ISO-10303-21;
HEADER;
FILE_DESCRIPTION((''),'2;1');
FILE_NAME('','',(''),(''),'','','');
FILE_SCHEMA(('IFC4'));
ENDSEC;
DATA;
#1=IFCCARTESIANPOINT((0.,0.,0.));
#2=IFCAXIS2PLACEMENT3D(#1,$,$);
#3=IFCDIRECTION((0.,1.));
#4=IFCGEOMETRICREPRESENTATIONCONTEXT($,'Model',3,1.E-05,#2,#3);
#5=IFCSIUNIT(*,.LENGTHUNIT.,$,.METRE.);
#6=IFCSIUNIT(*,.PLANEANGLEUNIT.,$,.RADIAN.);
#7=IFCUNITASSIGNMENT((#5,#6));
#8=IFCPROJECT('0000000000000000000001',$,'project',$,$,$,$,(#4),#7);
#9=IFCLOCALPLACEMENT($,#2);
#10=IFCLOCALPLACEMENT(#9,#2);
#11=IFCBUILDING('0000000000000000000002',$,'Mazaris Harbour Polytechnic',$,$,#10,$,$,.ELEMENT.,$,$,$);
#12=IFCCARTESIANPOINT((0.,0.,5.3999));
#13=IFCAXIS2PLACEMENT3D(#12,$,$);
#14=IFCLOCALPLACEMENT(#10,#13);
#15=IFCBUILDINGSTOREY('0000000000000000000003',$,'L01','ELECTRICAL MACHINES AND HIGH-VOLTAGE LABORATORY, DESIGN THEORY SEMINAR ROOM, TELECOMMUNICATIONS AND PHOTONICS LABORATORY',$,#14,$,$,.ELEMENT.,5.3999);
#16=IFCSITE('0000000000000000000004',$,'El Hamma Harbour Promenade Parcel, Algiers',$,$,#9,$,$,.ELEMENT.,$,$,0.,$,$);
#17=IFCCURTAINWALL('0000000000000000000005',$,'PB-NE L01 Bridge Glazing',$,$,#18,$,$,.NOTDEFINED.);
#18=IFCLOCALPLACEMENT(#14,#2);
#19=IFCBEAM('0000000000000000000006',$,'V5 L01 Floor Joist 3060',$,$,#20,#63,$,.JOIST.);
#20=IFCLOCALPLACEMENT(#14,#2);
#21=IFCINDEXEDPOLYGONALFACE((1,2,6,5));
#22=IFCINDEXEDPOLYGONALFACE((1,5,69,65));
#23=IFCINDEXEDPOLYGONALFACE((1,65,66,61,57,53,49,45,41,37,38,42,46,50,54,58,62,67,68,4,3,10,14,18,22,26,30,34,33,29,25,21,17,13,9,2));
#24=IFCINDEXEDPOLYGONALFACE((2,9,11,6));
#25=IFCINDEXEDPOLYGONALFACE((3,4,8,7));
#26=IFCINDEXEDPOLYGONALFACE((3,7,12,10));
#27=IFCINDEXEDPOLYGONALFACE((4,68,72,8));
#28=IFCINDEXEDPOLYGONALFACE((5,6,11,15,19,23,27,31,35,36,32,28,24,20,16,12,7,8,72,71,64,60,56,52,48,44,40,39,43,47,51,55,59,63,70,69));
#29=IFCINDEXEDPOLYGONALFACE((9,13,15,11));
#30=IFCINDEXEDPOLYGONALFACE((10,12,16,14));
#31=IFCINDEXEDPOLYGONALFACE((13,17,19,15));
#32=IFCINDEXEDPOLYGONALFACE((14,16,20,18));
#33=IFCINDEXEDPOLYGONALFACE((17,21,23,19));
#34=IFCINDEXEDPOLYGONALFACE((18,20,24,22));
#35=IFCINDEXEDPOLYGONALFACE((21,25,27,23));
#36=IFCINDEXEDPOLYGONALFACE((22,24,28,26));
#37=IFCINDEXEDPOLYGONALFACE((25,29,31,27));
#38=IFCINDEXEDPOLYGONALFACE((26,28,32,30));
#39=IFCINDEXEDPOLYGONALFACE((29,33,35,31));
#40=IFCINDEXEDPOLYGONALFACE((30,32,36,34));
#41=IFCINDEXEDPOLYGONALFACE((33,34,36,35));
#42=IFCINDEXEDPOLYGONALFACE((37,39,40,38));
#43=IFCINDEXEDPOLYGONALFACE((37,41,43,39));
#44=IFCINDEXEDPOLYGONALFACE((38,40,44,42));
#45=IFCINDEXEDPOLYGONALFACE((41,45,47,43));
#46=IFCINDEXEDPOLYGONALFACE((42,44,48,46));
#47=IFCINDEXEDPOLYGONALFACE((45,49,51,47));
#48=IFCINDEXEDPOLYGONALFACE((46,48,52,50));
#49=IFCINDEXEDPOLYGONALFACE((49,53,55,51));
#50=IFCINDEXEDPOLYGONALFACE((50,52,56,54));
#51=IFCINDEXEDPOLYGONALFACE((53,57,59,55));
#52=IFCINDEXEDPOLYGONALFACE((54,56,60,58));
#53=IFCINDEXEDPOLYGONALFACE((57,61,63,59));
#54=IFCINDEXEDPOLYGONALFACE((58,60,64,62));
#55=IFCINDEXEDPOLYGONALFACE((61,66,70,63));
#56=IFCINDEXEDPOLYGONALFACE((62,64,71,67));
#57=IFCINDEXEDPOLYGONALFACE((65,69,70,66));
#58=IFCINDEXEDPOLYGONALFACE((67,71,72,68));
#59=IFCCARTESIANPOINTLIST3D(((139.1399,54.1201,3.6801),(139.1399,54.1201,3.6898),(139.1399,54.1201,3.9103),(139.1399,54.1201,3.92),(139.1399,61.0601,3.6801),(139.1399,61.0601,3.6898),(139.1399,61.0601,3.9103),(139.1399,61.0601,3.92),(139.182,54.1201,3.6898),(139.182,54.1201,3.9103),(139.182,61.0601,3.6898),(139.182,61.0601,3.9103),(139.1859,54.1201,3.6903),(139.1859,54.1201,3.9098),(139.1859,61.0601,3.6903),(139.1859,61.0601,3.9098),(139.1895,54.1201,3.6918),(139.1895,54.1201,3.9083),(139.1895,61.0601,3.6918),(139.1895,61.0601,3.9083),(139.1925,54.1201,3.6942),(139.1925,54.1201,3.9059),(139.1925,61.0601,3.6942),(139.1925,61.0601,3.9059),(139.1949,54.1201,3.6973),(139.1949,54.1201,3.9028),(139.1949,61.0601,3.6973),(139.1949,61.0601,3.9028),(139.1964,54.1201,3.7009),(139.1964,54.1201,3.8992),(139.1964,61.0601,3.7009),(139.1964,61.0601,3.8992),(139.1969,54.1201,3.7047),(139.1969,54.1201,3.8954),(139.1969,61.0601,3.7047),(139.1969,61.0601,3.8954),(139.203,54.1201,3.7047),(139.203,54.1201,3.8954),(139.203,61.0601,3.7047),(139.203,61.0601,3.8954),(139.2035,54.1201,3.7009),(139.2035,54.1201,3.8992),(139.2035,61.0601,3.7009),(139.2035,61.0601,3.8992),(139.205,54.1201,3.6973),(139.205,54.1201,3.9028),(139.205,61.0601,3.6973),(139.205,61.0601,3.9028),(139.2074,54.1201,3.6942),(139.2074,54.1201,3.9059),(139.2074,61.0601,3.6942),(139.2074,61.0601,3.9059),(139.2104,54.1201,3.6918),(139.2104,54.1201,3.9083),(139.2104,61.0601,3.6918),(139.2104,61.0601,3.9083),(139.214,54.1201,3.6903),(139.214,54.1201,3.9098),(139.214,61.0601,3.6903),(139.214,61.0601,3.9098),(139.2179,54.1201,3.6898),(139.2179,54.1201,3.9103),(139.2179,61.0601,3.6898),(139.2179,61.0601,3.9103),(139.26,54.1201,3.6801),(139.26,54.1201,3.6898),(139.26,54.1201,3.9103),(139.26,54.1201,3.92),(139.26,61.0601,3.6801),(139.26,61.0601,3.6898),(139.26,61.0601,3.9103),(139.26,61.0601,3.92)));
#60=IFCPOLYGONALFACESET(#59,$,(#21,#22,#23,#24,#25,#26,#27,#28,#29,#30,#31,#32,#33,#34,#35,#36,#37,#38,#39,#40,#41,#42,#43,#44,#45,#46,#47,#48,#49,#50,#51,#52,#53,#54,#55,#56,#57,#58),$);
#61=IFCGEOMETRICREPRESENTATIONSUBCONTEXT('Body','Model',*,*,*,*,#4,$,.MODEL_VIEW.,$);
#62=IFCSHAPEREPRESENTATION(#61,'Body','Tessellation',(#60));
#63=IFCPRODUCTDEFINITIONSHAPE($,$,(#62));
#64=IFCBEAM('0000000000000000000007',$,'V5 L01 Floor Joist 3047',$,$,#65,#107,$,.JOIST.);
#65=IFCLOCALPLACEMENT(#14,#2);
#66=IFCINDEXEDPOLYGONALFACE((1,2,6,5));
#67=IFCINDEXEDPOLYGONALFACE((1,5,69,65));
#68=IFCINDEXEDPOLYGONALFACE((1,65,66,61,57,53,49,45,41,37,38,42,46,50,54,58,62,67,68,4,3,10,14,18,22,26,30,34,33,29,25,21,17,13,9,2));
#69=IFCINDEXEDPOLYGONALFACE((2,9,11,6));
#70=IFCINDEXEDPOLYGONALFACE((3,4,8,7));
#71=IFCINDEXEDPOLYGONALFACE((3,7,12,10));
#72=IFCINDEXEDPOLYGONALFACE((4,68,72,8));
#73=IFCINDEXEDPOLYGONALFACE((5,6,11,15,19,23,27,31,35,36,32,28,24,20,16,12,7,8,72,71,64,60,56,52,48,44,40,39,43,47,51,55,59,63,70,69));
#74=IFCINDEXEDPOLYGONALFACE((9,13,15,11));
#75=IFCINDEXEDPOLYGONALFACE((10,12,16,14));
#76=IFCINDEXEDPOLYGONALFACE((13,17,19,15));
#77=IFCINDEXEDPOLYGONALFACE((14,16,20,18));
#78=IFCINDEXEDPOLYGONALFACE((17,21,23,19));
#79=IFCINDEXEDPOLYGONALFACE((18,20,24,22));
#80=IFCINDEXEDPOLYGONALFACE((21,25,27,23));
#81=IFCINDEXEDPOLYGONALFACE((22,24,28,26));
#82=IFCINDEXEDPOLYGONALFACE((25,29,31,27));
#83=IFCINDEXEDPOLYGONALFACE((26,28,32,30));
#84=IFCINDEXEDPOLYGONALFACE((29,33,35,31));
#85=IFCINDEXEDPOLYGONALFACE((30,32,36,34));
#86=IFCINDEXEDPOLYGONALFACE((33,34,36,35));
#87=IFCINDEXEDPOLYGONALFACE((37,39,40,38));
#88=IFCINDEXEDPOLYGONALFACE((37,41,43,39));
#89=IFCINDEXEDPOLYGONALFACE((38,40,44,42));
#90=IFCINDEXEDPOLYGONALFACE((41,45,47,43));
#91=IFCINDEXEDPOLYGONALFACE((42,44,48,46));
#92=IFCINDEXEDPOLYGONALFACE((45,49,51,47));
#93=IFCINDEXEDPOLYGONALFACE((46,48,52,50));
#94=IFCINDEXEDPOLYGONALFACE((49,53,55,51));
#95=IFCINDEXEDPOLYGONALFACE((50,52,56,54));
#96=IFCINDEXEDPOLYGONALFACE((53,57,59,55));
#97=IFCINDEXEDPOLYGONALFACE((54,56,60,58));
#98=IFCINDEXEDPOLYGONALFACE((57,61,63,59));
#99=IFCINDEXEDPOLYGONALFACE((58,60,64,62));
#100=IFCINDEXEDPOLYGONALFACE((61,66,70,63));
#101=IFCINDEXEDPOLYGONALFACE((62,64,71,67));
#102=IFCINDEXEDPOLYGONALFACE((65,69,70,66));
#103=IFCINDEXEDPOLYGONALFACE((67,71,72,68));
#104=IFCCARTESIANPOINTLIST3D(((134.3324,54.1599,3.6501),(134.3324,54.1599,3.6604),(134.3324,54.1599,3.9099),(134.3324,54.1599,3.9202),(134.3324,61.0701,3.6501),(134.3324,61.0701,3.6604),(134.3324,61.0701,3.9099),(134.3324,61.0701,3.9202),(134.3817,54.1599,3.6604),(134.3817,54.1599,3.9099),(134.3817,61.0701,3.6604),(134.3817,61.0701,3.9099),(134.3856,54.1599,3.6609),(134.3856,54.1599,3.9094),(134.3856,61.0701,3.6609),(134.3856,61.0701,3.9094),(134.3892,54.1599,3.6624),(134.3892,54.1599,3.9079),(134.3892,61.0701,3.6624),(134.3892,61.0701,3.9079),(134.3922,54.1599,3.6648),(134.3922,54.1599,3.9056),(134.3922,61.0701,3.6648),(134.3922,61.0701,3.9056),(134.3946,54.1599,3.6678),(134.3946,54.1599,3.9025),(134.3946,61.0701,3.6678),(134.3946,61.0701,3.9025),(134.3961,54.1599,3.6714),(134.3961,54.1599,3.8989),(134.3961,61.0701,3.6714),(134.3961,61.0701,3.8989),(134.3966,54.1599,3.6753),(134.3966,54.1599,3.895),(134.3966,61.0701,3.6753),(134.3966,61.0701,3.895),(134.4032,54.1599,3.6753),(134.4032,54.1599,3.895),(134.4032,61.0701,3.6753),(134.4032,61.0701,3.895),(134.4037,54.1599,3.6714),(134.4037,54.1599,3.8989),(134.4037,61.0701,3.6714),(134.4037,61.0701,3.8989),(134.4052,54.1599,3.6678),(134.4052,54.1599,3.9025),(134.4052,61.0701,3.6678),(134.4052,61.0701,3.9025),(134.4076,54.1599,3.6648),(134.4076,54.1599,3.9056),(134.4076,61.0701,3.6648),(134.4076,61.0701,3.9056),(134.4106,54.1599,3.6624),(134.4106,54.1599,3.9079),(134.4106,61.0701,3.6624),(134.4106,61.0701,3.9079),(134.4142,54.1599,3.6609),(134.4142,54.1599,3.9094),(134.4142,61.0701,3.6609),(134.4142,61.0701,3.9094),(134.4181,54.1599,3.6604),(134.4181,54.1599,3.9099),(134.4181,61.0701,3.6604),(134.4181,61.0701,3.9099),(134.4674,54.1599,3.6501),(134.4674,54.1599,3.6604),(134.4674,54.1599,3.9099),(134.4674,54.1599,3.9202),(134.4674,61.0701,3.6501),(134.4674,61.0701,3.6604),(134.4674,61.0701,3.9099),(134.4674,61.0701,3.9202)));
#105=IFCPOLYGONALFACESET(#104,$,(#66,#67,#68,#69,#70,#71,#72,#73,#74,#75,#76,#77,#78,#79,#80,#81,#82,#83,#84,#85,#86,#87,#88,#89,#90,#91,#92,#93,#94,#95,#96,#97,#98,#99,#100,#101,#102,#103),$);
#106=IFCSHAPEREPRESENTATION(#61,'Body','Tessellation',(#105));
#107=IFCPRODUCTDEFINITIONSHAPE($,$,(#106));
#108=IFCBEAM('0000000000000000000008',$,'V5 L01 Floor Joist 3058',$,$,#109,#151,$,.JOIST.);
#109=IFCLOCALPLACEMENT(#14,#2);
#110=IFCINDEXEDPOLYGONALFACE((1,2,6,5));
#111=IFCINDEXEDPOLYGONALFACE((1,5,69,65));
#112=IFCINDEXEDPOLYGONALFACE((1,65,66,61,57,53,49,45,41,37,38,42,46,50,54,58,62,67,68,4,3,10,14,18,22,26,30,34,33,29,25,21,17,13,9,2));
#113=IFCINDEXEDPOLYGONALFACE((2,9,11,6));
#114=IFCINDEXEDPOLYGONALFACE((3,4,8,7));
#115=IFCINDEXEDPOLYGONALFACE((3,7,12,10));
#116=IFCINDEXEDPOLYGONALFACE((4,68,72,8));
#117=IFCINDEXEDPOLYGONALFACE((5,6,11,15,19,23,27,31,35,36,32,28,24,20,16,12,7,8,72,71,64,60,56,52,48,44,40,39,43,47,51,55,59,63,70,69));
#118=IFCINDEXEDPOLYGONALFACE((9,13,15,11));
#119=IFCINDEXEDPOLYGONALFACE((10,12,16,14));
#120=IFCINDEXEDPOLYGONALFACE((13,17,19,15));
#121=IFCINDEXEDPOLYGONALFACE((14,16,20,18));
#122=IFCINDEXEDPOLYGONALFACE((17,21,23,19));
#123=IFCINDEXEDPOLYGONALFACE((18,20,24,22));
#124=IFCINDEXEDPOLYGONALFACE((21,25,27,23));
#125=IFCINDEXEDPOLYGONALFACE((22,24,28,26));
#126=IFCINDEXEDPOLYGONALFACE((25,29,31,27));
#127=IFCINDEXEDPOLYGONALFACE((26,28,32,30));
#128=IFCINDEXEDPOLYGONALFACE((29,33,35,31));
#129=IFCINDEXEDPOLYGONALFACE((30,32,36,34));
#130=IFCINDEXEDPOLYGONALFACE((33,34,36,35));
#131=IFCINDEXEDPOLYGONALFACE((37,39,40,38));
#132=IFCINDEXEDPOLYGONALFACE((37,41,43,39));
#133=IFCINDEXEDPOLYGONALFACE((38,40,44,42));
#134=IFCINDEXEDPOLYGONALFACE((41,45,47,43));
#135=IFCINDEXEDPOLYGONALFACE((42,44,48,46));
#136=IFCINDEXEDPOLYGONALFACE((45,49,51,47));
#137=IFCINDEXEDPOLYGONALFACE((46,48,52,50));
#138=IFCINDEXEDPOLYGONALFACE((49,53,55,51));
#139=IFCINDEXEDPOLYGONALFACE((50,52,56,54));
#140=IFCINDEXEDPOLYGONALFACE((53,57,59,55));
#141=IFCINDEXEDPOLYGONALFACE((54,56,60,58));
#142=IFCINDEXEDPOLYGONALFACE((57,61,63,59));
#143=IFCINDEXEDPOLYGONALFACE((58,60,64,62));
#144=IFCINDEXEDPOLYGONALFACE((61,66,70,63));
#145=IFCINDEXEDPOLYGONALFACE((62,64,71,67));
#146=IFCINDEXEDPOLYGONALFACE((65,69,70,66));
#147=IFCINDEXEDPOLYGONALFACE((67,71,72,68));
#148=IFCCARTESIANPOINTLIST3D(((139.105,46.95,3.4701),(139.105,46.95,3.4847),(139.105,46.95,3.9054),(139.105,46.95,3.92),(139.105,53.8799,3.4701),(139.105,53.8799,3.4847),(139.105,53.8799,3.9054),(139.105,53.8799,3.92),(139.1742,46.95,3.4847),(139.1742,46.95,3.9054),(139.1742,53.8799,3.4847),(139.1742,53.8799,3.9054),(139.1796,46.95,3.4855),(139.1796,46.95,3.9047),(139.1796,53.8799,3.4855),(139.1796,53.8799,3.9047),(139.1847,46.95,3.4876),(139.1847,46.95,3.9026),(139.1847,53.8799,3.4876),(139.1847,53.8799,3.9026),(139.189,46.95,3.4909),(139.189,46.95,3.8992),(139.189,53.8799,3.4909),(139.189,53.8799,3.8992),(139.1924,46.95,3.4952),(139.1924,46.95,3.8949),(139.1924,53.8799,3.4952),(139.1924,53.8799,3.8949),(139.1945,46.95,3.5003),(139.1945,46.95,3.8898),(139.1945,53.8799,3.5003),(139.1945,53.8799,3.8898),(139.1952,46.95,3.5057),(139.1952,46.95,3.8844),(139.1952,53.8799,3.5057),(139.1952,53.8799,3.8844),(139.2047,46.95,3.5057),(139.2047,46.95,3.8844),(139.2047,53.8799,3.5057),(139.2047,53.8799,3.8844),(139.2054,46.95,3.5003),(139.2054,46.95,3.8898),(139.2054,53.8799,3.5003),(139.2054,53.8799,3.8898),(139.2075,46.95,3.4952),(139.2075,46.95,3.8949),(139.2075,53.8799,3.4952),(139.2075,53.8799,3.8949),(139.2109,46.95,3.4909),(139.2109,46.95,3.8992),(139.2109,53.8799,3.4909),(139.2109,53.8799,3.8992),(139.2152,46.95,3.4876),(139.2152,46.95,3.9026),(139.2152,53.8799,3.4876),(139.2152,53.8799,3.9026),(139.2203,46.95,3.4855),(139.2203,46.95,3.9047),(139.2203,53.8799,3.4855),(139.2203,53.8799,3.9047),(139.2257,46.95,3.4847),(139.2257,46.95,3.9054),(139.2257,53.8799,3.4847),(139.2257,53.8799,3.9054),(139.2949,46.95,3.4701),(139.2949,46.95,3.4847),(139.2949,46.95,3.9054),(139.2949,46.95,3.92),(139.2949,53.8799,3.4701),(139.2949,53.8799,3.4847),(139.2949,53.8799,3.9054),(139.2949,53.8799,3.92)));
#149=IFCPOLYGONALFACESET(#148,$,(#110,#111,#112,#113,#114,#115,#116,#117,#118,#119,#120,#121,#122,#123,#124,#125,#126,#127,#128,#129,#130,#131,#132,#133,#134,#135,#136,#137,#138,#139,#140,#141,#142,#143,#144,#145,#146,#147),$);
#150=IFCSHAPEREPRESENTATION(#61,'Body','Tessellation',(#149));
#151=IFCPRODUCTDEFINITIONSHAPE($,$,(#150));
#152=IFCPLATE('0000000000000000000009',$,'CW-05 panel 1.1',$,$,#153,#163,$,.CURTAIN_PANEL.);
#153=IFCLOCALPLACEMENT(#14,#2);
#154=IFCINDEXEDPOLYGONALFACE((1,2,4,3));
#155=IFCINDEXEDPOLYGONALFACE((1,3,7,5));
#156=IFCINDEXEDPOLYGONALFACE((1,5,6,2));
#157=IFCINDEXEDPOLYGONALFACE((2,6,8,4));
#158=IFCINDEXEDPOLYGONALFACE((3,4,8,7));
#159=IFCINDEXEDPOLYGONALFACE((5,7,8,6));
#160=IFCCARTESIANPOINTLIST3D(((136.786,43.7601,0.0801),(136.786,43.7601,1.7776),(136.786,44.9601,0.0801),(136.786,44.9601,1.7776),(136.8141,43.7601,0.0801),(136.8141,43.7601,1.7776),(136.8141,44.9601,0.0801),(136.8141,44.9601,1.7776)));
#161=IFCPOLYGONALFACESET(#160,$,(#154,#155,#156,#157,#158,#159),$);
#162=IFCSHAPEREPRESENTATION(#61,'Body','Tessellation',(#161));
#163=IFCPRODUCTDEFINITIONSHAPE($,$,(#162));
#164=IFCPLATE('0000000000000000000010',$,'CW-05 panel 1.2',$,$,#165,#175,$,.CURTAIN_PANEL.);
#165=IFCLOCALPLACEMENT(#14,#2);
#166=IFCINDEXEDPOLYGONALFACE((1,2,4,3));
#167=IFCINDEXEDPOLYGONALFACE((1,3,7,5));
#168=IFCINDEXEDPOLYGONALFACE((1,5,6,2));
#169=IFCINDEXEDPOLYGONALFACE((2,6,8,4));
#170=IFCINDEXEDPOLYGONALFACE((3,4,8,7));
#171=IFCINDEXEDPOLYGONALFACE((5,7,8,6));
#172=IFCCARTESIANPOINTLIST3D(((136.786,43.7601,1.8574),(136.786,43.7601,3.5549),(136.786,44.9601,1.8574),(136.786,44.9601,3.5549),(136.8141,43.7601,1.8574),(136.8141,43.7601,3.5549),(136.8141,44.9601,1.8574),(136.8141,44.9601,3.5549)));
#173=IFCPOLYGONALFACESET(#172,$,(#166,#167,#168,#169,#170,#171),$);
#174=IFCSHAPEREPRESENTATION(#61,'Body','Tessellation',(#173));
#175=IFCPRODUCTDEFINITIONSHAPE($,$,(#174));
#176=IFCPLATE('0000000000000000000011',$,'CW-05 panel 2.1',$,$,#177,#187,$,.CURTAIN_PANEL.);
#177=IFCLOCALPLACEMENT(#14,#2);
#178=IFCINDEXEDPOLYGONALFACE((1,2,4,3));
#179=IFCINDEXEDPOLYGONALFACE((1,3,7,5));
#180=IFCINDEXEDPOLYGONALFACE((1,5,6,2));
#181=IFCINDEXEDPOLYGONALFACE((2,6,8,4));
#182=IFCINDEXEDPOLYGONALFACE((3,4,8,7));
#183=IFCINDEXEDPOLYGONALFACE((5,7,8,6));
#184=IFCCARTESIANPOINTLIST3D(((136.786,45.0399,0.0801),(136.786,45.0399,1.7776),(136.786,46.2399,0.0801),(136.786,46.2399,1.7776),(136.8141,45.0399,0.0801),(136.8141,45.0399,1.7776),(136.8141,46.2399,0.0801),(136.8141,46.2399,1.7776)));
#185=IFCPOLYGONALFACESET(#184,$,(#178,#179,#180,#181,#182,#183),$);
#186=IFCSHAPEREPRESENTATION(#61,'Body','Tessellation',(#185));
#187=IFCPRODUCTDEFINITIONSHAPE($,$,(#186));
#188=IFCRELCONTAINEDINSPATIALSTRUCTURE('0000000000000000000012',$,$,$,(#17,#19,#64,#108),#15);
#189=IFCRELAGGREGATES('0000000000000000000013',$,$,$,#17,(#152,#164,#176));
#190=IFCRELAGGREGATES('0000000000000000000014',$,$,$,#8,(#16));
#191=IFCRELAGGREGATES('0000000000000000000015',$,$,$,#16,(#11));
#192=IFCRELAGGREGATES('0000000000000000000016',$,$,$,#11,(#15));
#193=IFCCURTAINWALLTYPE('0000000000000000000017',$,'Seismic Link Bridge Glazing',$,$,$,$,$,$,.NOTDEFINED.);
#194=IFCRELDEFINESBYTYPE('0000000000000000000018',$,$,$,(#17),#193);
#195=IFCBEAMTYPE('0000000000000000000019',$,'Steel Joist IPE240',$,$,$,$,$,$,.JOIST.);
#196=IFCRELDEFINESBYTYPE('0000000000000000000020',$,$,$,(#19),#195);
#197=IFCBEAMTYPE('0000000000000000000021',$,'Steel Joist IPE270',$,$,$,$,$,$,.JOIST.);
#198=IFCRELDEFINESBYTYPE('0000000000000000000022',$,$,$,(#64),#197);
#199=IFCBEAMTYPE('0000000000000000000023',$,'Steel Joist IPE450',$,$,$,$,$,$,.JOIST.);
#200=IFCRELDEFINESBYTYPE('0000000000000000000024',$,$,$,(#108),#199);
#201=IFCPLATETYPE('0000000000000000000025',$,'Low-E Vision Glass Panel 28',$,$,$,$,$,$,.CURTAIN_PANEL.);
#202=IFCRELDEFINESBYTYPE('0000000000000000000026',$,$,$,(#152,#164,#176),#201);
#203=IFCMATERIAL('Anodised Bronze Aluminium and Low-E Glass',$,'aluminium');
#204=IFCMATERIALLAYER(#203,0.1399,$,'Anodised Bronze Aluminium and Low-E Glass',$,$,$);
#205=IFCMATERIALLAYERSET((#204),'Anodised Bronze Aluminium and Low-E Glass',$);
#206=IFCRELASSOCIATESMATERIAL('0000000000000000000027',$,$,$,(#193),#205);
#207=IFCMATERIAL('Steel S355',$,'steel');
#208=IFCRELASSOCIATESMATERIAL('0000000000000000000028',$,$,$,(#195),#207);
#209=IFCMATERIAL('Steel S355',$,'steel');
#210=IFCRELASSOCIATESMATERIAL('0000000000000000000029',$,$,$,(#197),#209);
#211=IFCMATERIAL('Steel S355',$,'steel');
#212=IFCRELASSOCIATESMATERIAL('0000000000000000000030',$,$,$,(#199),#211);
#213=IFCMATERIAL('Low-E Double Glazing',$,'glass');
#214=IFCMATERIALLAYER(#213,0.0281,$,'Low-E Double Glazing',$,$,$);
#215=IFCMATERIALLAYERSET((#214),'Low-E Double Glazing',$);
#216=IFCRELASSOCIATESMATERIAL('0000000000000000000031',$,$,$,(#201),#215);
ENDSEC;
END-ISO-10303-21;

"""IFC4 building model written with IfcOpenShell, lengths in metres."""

from ifc_helpers import new_model, si_unit, direction, frame, origin, origin_2d, place, context, subcontext, project, spatial, rectangle, i_section, extrude, material, layer, layer_set, material_profile, profile_set, type_object, element, aggregate, save


model = new_model("IFC4")

# Units and contexts
model_context = context("Model", 3, precision=1e-05, world=origin(), true_north=direction((0.0, 1.0)))
body_context = subcontext(model_context, "Body", "Model", "MODEL_VIEW")
ifc_project = project(units=[si_unit("LENGTHUNIT", "METRE"), si_unit("PLANEANGLEUNIT", "RADIAN")], contexts=[model_context])

# Site, building, storey
site_placement = place(None, origin())
site = spatial("IfcSite", under=ifc_project, at=site_placement, Name="El Hamma Harbour Promenade Parcel, Algiers", CompositionType="ELEMENT", RefElevation=0.0)
building_placement = place(site_placement, origin())
building = spatial("IfcBuilding", under=site, at=building_placement, Name="Mazaris Harbour Polytechnic", CompositionType="ELEMENT")
storey_placement = place(building_placement, frame((0.0, 0.0, 5.3999)))
storey = spatial("IfcBuildingStorey", under=building, at=storey_placement, Name="L01", Description="ELECTRICAL MACHINES AND HIGH-VOLTAGE LABORATORY, DESIGN THEORY SEMINAR ROOM, TELECOMMUNICATIONS AND PHOTONICS LABORATORY", CompositionType="ELEMENT", Elevation=5.3999)

# Curtain wall
ifc_material_1 = material(Name="Anodised Bronze Aluminium and Low-E Glass", Category="aluminium")
ifc_layer_1 = layer(ifc_material_1, 0.1399, Name="Anodised Bronze Aluminium and Low-E Glass")
ifc_layer_set_1 = layer_set([ifc_layer_1], Name="Anodised Bronze Aluminium and Low-E Glass")
curtain_wall_type_1 = type_object("IfcCurtainWallType", Name="Seismic Link Bridge Glazing", PredefinedType="NOTDEFINED", material=ifc_layer_set_1)
curtain_wall_1_placement = place(storey_placement, origin())
curtain_wall_1 = element("IfcCurtainWall", 1, at=curtain_wall_1_placement, inside=storey, type_object=curtain_wall_type_1, Name="PB-NE L01 Bridge Glazing", PredefinedType="NOTDEFINED")

# Beams
ifc_material_2 = material(Name="Steel S355", Category="steel")
ifc_material_profile_1 = material_profile(ifc_material_2, i_section(OverallWidth=0.1201, OverallDepth=0.24, WebThickness=0.0061, FlangeThickness=0.0098, FilletRadius=0.0149, at=origin_2d()), Name="IPE 240")
ifc_profile_set_1 = profile_set([ifc_material_profile_1], Name="Steel S355")
beam_type_1 = type_object("IfcBeamType", Name="Steel Joist IPE240", PredefinedType="JOIST", material=ifc_profile_set_1)
beam_1_placement = place(storey_placement, frame((139.2, 54.1201, 3.8), z_axis=(0.0, 1.0, 0.0), x_axis=(-1.0, 0.0, 0.0)))
element("IfcBeam", 2, at=beam_1_placement, inside=storey, type_object=beam_type_1, Name="V5 L01 Floor Joist 3060", PredefinedType="JOIST", context=body_context, shape_type="SweptSolid", body=[
    extrude(i_section(OverallWidth=0.1201, OverallDepth=0.24, WebThickness=0.0061, FlangeThickness=0.0098, FilletRadius=0.0149, at=origin_2d()), origin(), (0.0, 0.0, 1.0), 6.9399),
])
ifc_material_3 = material(Name="Steel S355", Category="steel")
ifc_material_profile_2 = material_profile(ifc_material_3, i_section(OverallWidth=0.135, OverallDepth=0.27, WebThickness=0.0066, FlangeThickness=0.0103, FilletRadius=0.0149, at=origin_2d()), Name="IPE 270")
ifc_profile_set_2 = profile_set([ifc_material_profile_2], Name="Steel S355")
beam_type_2 = type_object("IfcBeamType", Name="Steel Joist IPE270", PredefinedType="JOIST", material=ifc_profile_set_2)
beam_2_placement = place(storey_placement, frame((134.3999, 54.1599, 3.7852), z_axis=(0.0, 1.0, 0.0), x_axis=(-1.0, 0.0, 0.0)))
element("IfcBeam", 3, at=beam_2_placement, inside=storey, type_object=beam_type_2, Name="V5 L01 Floor Joist 3047", PredefinedType="JOIST", context=body_context, shape_type="SweptSolid", body=[
    extrude(i_section(OverallWidth=0.135, OverallDepth=0.27, WebThickness=0.0066, FlangeThickness=0.0103, FilletRadius=0.0149, at=origin_2d()), origin(), (0.0, 0.0, 1.0), 6.9102),
])
ifc_material_4 = material(Name="Steel S355", Category="steel")
ifc_material_profile_3 = material_profile(ifc_material_4, i_section(OverallWidth=0.1899, OverallDepth=0.45, WebThickness=0.0095, FlangeThickness=0.0146, FilletRadius=0.021, at=origin_2d()), Name="IPE 450")
ifc_profile_set_3 = profile_set([ifc_material_profile_3], Name="Steel S355")
beam_type_3 = type_object("IfcBeamType", Name="Steel Joist IPE450", PredefinedType="JOIST", material=ifc_profile_set_3)
beam_3_placement = place(storey_placement, frame((139.2, 46.95, 3.6951), z_axis=(0.0, 1.0, 0.0), x_axis=(-1.0, 0.0, 0.0)))
element("IfcBeam", 4, at=beam_3_placement, inside=storey, type_object=beam_type_3, Name="V5 L01 Floor Joist 3058", PredefinedType="JOIST", context=body_context, shape_type="SweptSolid", body=[
    extrude(i_section(OverallWidth=0.1899, OverallDepth=0.45, WebThickness=0.0095, FlangeThickness=0.0146, FilletRadius=0.021, at=origin_2d()), origin(), (0.0, 0.0, 1.0), 6.9299),
])

# Plates
ifc_material_5 = material(Name="Low-E Double Glazing", Category="glass")
ifc_layer_2 = layer(ifc_material_5, 0.0281, Name="Low-E Double Glazing")
ifc_layer_set_2 = layer_set([ifc_layer_2], Name="Low-E Double Glazing")
plate_type = type_object("IfcPlateType", Name="Low-E Vision Glass Panel 28", PredefinedType="CURTAIN_PANEL", material=ifc_layer_set_2)
plate_1_placement = place(storey_placement, frame((136.8, 44.3601, 0.0801), z_axis=(0.0, 0.0, 1.0), x_axis=(0.0, 1.0, 0.0)))
plate_1 = element("IfcPlate", 5, at=plate_1_placement, type_object=plate_type, Name="CW-05 panel 1.1", PredefinedType="CURTAIN_PANEL", context=body_context, shape_type="SweptSolid", body=[
    extrude(rectangle(XDim=1.2, YDim=0.0281, at=origin_2d()), origin(), (0.0, 0.0, 1.0), 1.6975),
])
plate_2_placement = place(storey_placement, frame((136.8, 44.3601, 1.8574), z_axis=(0.0, 0.0, 1.0), x_axis=(0.0, 1.0, 0.0)))
plate_2 = element("IfcPlate", 6, at=plate_2_placement, type_object=plate_type, Name="CW-05 panel 1.2", PredefinedType="CURTAIN_PANEL", context=body_context, shape_type="SweptSolid", body=[
    extrude(rectangle(XDim=1.2, YDim=0.0281, at=origin_2d()), origin(), (0.0, 0.0, 1.0), 1.6975),
])
plate_3_placement = place(storey_placement, frame((136.8, 45.6399, 0.0801), z_axis=(0.0, 0.0, 1.0), x_axis=(0.0, 1.0, 0.0)))
plate_3 = element("IfcPlate", 7, at=plate_3_placement, type_object=plate_type, Name="CW-05 panel 2.1", PredefinedType="CURTAIN_PANEL", context=body_context, shape_type="SweptSolid", body=[
    extrude(rectangle(XDim=1.2, YDim=0.0281, at=origin_2d()), origin(), (0.0, 0.0, 1.0), 1.6975),
])
aggregate(curtain_wall_1, [plate_1, plate_2, plate_3])

save(model, "model.ifc")
